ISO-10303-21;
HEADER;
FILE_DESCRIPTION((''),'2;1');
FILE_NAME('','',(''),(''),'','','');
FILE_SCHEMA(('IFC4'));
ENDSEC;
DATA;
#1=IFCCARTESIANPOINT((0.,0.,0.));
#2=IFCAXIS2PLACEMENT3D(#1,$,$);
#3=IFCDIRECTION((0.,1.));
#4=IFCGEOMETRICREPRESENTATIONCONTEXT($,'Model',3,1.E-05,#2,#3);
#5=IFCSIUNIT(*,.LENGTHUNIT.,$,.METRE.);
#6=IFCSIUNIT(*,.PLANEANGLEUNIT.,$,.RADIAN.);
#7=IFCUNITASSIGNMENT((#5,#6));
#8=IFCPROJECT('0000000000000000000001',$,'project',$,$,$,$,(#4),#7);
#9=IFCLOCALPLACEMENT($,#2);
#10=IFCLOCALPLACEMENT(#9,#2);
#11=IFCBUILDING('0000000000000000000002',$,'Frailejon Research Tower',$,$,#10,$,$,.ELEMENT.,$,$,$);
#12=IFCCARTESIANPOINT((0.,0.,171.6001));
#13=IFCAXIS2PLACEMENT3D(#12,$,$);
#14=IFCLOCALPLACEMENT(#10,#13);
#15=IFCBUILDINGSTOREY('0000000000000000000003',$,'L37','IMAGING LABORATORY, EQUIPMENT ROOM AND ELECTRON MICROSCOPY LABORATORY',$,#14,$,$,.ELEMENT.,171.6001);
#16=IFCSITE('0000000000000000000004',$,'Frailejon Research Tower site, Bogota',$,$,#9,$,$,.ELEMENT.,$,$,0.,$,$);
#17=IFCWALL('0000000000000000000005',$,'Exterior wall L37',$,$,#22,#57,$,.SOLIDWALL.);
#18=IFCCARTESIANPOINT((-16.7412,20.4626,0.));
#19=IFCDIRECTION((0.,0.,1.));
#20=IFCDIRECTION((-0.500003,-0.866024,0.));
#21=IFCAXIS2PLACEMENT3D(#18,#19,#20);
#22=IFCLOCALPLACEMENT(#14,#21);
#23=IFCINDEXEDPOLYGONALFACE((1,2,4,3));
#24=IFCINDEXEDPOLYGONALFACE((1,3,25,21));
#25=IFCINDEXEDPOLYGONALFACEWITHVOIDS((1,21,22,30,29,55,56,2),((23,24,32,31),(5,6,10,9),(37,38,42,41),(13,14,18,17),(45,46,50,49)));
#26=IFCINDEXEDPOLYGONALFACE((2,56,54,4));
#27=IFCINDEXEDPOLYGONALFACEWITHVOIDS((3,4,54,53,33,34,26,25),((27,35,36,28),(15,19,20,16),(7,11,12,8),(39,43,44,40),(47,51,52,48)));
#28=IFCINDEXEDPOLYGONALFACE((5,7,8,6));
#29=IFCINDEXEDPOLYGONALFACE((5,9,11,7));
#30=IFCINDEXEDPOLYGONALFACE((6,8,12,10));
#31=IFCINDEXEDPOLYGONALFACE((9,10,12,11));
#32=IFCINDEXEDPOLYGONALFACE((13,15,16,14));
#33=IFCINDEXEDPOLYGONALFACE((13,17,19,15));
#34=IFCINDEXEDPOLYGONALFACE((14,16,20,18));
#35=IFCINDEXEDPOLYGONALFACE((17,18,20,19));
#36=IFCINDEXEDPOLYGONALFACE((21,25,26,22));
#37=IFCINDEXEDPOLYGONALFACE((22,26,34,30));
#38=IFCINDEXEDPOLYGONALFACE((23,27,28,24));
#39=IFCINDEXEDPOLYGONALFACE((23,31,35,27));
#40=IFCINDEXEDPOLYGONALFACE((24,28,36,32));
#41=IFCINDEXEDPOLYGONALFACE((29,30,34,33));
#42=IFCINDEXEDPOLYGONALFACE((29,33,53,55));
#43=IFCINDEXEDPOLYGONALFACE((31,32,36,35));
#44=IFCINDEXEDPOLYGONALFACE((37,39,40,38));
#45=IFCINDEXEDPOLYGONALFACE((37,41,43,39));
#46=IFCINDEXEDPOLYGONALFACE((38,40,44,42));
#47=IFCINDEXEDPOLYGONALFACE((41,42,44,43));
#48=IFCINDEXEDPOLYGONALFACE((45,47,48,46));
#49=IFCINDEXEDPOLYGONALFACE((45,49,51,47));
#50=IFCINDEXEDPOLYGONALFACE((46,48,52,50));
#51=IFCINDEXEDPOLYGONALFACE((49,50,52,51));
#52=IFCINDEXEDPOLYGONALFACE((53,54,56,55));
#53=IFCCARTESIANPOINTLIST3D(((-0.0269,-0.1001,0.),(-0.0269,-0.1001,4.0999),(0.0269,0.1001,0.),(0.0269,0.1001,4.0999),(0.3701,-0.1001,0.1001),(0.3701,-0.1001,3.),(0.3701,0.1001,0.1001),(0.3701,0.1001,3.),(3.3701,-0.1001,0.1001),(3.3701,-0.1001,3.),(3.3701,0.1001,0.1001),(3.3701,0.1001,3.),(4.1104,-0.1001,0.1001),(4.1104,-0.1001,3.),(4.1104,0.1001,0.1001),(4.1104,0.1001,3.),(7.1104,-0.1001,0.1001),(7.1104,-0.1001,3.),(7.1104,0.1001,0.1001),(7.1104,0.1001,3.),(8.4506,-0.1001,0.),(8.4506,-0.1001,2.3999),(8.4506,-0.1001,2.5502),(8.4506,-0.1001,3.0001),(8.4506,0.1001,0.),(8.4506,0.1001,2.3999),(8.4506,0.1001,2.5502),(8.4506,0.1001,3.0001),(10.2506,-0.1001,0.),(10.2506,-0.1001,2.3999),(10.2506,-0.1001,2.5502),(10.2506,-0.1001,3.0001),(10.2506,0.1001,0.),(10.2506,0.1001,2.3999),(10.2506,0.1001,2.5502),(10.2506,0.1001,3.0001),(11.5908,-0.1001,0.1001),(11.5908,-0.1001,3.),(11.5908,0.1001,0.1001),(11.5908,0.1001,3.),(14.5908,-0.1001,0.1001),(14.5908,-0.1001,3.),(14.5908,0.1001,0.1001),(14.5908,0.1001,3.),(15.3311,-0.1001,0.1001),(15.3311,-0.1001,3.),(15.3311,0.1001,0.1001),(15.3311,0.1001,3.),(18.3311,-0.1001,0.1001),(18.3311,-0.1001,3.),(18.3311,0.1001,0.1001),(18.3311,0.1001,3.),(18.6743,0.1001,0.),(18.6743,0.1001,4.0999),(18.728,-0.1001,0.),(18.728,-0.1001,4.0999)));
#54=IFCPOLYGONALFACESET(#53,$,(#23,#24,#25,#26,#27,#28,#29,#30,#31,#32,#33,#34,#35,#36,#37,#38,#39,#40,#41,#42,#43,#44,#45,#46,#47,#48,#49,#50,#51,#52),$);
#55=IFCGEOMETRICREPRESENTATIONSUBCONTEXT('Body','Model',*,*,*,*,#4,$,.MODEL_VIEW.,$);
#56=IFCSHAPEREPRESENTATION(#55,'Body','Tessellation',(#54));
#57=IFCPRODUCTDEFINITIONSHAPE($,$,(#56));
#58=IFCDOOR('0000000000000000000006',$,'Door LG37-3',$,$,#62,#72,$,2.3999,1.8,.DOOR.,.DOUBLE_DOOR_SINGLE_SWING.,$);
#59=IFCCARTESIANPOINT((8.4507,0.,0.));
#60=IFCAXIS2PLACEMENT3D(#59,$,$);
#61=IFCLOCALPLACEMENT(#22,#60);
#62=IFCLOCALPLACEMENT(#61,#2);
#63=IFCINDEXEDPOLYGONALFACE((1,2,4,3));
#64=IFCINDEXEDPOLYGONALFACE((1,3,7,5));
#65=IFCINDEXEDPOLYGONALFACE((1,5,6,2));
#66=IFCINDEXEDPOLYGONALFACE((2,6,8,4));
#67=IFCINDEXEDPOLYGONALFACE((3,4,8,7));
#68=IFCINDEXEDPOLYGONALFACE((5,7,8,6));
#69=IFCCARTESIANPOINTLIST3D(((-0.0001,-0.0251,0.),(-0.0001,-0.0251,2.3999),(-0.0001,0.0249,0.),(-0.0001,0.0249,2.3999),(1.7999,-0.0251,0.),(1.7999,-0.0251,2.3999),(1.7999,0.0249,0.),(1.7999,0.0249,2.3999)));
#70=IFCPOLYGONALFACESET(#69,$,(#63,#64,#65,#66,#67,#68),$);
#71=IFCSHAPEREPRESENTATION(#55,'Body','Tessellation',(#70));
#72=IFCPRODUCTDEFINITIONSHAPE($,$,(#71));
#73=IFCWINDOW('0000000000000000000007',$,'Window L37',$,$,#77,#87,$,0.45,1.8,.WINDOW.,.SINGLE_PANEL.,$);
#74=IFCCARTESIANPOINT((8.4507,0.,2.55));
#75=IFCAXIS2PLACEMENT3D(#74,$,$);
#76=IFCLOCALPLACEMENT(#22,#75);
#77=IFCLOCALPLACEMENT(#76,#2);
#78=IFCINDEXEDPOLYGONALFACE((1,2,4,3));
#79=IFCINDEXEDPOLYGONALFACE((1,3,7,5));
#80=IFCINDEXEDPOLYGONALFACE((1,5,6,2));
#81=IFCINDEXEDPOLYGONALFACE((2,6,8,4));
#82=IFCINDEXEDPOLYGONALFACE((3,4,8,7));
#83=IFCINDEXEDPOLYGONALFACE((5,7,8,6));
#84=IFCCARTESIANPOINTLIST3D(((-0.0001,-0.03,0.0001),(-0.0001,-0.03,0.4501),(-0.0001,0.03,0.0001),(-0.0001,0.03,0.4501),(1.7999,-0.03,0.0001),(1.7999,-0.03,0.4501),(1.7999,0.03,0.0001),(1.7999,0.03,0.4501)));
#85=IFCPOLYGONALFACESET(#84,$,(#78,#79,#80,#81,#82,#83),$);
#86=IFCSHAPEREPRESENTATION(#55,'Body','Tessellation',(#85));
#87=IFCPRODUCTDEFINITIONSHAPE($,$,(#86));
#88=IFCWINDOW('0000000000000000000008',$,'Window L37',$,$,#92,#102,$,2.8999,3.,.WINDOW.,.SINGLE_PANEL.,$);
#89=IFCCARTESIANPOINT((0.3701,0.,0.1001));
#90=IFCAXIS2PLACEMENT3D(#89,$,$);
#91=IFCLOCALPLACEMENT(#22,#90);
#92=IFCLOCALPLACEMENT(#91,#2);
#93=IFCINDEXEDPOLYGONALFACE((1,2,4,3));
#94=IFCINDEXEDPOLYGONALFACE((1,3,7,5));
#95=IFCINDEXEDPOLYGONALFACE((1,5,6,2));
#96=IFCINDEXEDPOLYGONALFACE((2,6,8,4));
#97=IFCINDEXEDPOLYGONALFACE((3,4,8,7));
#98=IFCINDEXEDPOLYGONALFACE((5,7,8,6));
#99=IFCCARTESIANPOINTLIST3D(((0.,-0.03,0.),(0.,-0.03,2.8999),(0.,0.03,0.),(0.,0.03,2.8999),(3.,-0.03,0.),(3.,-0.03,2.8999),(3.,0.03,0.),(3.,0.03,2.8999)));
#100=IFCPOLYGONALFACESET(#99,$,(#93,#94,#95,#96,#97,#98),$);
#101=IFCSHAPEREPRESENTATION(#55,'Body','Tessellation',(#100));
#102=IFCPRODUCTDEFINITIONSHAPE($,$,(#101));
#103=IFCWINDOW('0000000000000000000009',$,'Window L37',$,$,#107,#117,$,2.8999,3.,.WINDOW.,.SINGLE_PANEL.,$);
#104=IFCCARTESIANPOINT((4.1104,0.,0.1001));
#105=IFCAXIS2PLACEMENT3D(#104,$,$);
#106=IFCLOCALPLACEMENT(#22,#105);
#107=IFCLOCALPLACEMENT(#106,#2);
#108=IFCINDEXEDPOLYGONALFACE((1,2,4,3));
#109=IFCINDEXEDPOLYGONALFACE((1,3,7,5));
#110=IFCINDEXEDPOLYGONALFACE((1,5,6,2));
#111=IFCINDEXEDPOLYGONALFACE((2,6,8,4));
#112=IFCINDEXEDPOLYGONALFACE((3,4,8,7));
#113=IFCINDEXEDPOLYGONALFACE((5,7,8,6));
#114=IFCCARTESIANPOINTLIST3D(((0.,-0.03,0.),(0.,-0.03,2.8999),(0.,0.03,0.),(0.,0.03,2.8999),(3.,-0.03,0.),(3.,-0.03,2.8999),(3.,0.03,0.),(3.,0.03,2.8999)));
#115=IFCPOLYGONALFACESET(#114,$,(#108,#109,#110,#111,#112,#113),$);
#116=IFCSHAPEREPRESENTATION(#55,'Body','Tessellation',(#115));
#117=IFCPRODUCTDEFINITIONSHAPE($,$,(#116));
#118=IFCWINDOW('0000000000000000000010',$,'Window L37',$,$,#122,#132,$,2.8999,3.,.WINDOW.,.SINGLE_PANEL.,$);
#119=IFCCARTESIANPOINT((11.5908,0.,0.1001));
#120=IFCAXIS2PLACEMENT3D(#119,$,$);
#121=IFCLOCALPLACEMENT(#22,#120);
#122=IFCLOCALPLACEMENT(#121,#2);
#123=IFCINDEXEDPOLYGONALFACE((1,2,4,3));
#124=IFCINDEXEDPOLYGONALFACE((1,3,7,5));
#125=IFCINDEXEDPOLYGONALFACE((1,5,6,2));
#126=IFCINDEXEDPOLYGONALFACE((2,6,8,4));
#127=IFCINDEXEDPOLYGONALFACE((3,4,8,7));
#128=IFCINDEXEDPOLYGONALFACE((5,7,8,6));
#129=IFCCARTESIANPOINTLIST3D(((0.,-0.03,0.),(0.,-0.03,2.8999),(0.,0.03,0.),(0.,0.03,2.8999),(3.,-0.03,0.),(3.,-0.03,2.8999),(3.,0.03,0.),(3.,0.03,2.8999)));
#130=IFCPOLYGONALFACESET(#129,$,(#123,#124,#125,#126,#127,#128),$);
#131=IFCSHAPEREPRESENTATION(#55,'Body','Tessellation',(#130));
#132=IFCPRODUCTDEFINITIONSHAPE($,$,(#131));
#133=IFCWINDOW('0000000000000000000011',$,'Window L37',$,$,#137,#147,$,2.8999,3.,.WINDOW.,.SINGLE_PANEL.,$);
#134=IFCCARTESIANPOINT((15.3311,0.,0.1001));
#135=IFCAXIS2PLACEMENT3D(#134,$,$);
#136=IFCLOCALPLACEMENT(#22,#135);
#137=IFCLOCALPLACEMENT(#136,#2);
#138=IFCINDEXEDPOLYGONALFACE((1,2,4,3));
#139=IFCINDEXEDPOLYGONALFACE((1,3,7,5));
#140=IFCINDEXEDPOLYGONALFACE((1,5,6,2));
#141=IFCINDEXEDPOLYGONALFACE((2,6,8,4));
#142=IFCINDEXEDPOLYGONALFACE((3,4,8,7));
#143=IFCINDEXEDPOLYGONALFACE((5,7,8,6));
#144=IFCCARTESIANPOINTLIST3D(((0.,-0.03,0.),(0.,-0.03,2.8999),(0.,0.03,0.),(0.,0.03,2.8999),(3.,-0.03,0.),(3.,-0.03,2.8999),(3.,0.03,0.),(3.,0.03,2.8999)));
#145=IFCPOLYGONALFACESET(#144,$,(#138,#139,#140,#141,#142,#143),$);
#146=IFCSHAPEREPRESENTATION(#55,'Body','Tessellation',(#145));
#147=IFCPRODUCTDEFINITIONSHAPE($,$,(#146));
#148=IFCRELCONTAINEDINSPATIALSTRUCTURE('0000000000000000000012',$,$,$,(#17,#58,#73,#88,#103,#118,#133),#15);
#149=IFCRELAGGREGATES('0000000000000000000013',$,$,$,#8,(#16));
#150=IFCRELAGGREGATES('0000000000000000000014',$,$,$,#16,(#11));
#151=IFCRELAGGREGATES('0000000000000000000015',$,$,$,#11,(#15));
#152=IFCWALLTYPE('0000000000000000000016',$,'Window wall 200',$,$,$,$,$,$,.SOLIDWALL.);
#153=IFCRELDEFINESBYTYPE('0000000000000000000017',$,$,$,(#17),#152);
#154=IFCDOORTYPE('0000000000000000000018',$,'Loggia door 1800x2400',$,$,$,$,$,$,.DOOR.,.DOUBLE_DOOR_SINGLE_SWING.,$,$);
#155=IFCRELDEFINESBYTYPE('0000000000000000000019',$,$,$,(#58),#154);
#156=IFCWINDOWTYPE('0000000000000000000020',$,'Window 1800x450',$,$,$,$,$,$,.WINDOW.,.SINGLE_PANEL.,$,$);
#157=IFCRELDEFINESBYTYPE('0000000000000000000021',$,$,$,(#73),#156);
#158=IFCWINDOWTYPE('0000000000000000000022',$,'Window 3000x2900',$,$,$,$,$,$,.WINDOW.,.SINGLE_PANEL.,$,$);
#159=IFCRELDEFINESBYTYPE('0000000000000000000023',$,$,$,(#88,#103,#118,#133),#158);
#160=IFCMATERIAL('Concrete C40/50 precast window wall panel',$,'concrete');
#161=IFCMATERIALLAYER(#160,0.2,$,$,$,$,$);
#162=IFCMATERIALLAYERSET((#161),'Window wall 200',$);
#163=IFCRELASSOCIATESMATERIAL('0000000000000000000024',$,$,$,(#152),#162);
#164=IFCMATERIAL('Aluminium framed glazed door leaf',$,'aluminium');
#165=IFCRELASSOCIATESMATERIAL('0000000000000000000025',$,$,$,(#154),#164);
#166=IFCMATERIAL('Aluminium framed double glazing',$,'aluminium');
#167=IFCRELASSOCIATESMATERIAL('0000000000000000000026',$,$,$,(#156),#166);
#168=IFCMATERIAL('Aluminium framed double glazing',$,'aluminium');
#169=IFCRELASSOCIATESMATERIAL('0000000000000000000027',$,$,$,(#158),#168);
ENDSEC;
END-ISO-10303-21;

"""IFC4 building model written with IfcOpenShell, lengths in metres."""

from ifc_helpers import new_model, si_unit, direction, frame, frame_2d, origin, place, context, subcontext, project, spatial, polyline, rectangle, outline, extrude, material, layer, layer_set, type_object, element, fill, save


model = new_model("IFC4")

# Units and contexts
model_context = context("Model", 3, precision=1e-05, world=origin(), true_north=direction((0.0, 1.0)))
body_context = subcontext(model_context, "Body", "Model", "MODEL_VIEW")
ifc_project = project(units=[si_unit("LENGTHUNIT", "METRE"), si_unit("PLANEANGLEUNIT", "RADIAN")], contexts=[model_context])

# Site, building, storey
site_placement = place(None, origin())
site = spatial("IfcSite", under=ifc_project, at=site_placement, Name="Frailejon Research Tower site, Bogota", CompositionType="ELEMENT", RefElevation=0.0)
building_placement = place(site_placement, origin())
building = spatial("IfcBuilding", under=site, at=building_placement, Name="Frailejon Research Tower", CompositionType="ELEMENT")
storey_placement = place(building_placement, frame((0.0, 0.0, 171.6001)))
storey = spatial("IfcBuildingStorey", under=building, at=storey_placement, Name="L37", Description="IMAGING LABORATORY, EQUIPMENT ROOM AND ELECTRON MICROSCOPY LABORATORY", CompositionType="ELEMENT", Elevation=171.6001)

# Wall, openings, door, windows
ifc_material_1 = material(Name="Concrete C40/50 precast window wall panel", Category="concrete")
ifc_layer_1 = layer(ifc_material_1, 0.2)
ifc_layer_set_1 = layer_set([ifc_layer_1], Name="Window wall 200")
wall_type_1 = type_object("IfcWallType", Name="Window wall 200", PredefinedType="SOLIDWALL", material=ifc_layer_set_1)
wall_1_placement = place(storey_placement, frame((-16.7412, 20.4626, 0.0), z_axis=(0.0, 0.0, 1.0), x_axis=(-0.500003, -0.866024, 0.0)))
wall_1 = element("IfcWall", 1, at=wall_1_placement, inside=storey, type_object=wall_type_1, Name="Exterior wall L37", PredefinedType="SOLIDWALL", context=body_context, shape_type="SweptSolid", body=[
    extrude(outline(polyline([(-0.0269, -0.1001), (1.0151, -0.1001), (2.0571, -0.1001), (3.0989, -0.1001), (4.1409, -0.1001), (5.1829, -0.1001), (6.2249, -0.1001), (7.2666, -0.1001), (8.3086, -0.1001), (9.3506, -0.1001), (10.3926, -0.1001), (11.4346, -0.1001), (12.4763, -0.1001), (13.5183, -0.1001), (14.5603, -0.1001), (15.6023, -0.1001), (16.644, -0.1001), (17.686, -0.1001), (18.728, -0.1001), (18.6743, 0.1001), (17.6384, 0.1001), (16.6023, 0.1001), (15.5664, 0.1001), (14.5305, 0.1001), (13.4944, 0.1001), (12.4585, 0.1001), (11.4226, 0.1001), (10.3865, 0.1001), (9.3506, 0.1001), (8.3147, 0.1001), (7.2786, 0.1001), (6.2427, 0.1001), (5.2068, 0.1001), (4.1707, 0.1001), (3.1348, 0.1001), (2.0989, 0.1001), (1.0627, 0.1001), (0.0269, 0.1001), (-0.0269, -0.1001)])), origin(), (0.0, 0.0, 1.0), 4.0999),
])
opening_1_placement = place(wall_1_placement, frame((0.3701, 0.0, 0.1001)))
opening_1 = element("IfcOpeningElement", 2, at=opening_1_placement, cuts=wall_1, PredefinedType="OPENING", context=body_context, shape_type="SweptSolid", body=[
    extrude(rectangle(XDim=3.0, YDim=2.8999, at=frame_2d((1.5, 1.45))), frame((0.0, 0.1099, 0.0), z_axis=(0.0, -1.0, 0.0), x_axis=(1.0, 0.0, 0.0)), (0.0, 0.0, 1.0), 0.22),
])
opening_2_placement = place(wall_1_placement, frame((4.1104, 0.0, 0.1001)))
opening_2 = element("IfcOpeningElement", 3, at=opening_2_placement, cuts=wall_1, PredefinedType="OPENING", context=body_context, shape_type="SweptSolid", body=[
    extrude(rectangle(XDim=3.0, YDim=2.8999, at=frame_2d((1.5, 1.45))), frame((0.0, 0.1099, 0.0), z_axis=(0.0, -1.0, 0.0), x_axis=(1.0, 0.0, 0.0)), (0.0, 0.0, 1.0), 0.22),
])
opening_3_placement = place(wall_1_placement, frame((8.4507, 0.0, 0.0)))
opening_3 = element("IfcOpeningElement", 4, at=opening_3_placement, cuts=wall_1, PredefinedType="OPENING", context=body_context, shape_type="SweptSolid", body=[
    extrude(rectangle(XDim=1.8, YDim=2.3999, at=frame_2d((0.8999, 1.2))), frame((0.0, 0.1099, 0.0), z_axis=(0.0, -1.0, 0.0), x_axis=(1.0, 0.0, 0.0)), (0.0, 0.0, 1.0), 0.22),
])
opening_4_placement = place(wall_1_placement, frame((8.4507, 0.0, 2.55)))
opening_4 = element("IfcOpeningElement", 5, at=opening_4_placement, cuts=wall_1, PredefinedType="OPENING", context=body_context, shape_type="SweptSolid", body=[
    extrude(rectangle(XDim=1.8, YDim=0.45, at=frame_2d((0.8999, 0.2251))), frame((0.0, 0.1099, 0.0), z_axis=(0.0, -1.0, 0.0), x_axis=(1.0, 0.0, 0.0)), (0.0, 0.0, 1.0), 0.22),
])
opening_5_placement = place(wall_1_placement, frame((11.5908, 0.0, 0.1001)))
opening_5 = element("IfcOpeningElement", 6, at=opening_5_placement, cuts=wall_1, PredefinedType="OPENING", context=body_context, shape_type="SweptSolid", body=[
    extrude(rectangle(XDim=3.0, YDim=2.8999, at=frame_2d((1.5, 1.45))), frame((0.0, 0.1099, 0.0), z_axis=(0.0, -1.0, 0.0), x_axis=(1.0, 0.0, 0.0)), (0.0, 0.0, 1.0), 0.22),
])
opening_6_placement = place(wall_1_placement, frame((15.3311, 0.0, 0.1001)))
opening_6 = element("IfcOpeningElement", 7, at=opening_6_placement, cuts=wall_1, PredefinedType="OPENING", context=body_context, shape_type="SweptSolid", body=[
    extrude(rectangle(XDim=3.0, YDim=2.8999, at=frame_2d((1.5, 1.45))), frame((0.0, 0.1099, 0.0), z_axis=(0.0, -1.0, 0.0), x_axis=(1.0, 0.0, 0.0)), (0.0, 0.0, 1.0), 0.22),
])
ifc_material_2 = material(Name="Aluminium framed glazed door leaf", Category="aluminium")
door_type_1 = type_object("IfcDoorType", Name="Loggia door 1800x2400", OperationType="DOUBLE_DOOR_SINGLE_SWING", PredefinedType="DOOR", material=ifc_material_2)
door_1_placement = place(opening_3_placement, origin())
door_1 = element("IfcDoor", 8, at=door_1_placement, inside=storey, type_object=door_type_1, Name="Door LG37-3", OperationType="DOUBLE_DOOR_SINGLE_SWING", OverallHeight=2.3999, OverallWidth=1.8, PredefinedType="DOOR", context=body_context, shape_type="SweptSolid", body=[
    extrude(rectangle(XDim=1.8, YDim=2.3999, at=frame_2d((0.8999, 1.2))), frame((0.0, 0.0249, 0.0), z_axis=(0.0, -1.0, 0.0), x_axis=(1.0, 0.0, 0.0)), (0.0, 0.0, 1.0), 0.05),
])
fill(opening_3, door_1)
ifc_material_3 = material(Name="Aluminium framed double glazing", Category="aluminium")
window_type_1 = type_object("IfcWindowType", Name="Window 1800x450", PartitioningType="SINGLE_PANEL", PredefinedType="WINDOW", material=ifc_material_3)
window_1_placement = place(opening_4_placement, origin())
window_1 = element("IfcWindow", 9, at=window_1_placement, inside=storey, type_object=window_type_1, Name="Window L37", OverallHeight=0.45, OverallWidth=1.8, PartitioningType="SINGLE_PANEL", PredefinedType="WINDOW", context=body_context, shape_type="SweptSolid", body=[
    extrude(rectangle(XDim=1.8, YDim=0.45, at=frame_2d((0.8999, 0.2251))), frame((0.0, 0.03, 0.0), z_axis=(0.0, -1.0, 0.0), x_axis=(1.0, 0.0, 0.0)), (0.0, 0.0, 1.0), 0.0601),
])
fill(opening_4, window_1)
ifc_material_4 = material(Name="Aluminium framed double glazing", Category="aluminium")
window_type_2 = type_object("IfcWindowType", Name="Window 3000x2900", PartitioningType="SINGLE_PANEL", PredefinedType="WINDOW", material=ifc_material_4)
window_2_placement = place(opening_1_placement, origin())
window_2 = element("IfcWindow", 10, at=window_2_placement, inside=storey, type_object=window_type_2, Name="Window L37", OverallHeight=2.8999, OverallWidth=3.0, PartitioningType="SINGLE_PANEL", PredefinedType="WINDOW", context=body_context, shape_type="SweptSolid", body=[
    extrude(rectangle(XDim=3.0, YDim=2.8999, at=frame_2d((1.5, 1.45))), frame((0.0, 0.03, 0.0), z_axis=(0.0, -1.0, 0.0), x_axis=(1.0, 0.0, 0.0)), (0.0, 0.0, 1.0), 0.0601),
])
fill(opening_1, window_2)
window_3_placement = place(opening_2_placement, origin())
window_3 = element("IfcWindow", 11, at=window_3_placement, inside=storey, type_object=window_type_2, Name="Window L37", OverallHeight=2.8999, OverallWidth=3.0, PartitioningType="SINGLE_PANEL", PredefinedType="WINDOW", context=body_context, shape_type="SweptSolid", body=[
    extrude(rectangle(XDim=3.0, YDim=2.8999, at=frame_2d((1.5, 1.45))), frame((0.0, 0.03, 0.0), z_axis=(0.0, -1.0, 0.0), x_axis=(1.0, 0.0, 0.0)), (0.0, 0.0, 1.0), 0.0601),
])
fill(opening_2, window_3)
window_4_placement = place(opening_5_placement, origin())
window_4 = element("IfcWindow", 12, at=window_4_placement, inside=storey, type_object=window_type_2, Name="Window L37", OverallHeight=2.8999, OverallWidth=3.0, PartitioningType="SINGLE_PANEL", PredefinedType="WINDOW", context=body_context, shape_type="SweptSolid", body=[
    extrude(rectangle(XDim=3.0, YDim=2.8999, at=frame_2d((1.5, 1.45))), frame((0.0, 0.03, 0.0), z_axis=(0.0, -1.0, 0.0), x_axis=(1.0, 0.0, 0.0)), (0.0, 0.0, 1.0), 0.0601),
])
fill(opening_5, window_4)
window_5_placement = place(opening_6_placement, origin())
window_5 = element("IfcWindow", 13, at=window_5_placement, inside=storey, type_object=window_type_2, Name="Window L37", OverallHeight=2.8999, OverallWidth=3.0, PartitioningType="SINGLE_PANEL", PredefinedType="WINDOW", context=body_context, shape_type="SweptSolid", body=[
    extrude(rectangle(XDim=3.0, YDim=2.8999, at=frame_2d((1.5, 1.45))), frame((0.0, 0.03, 0.0), z_axis=(0.0, -1.0, 0.0), x_axis=(1.0, 0.0, 0.0)), (0.0, 0.0, 1.0), 0.0601),
])
fill(opening_6, window_5)

save(model, "model.ifc")
